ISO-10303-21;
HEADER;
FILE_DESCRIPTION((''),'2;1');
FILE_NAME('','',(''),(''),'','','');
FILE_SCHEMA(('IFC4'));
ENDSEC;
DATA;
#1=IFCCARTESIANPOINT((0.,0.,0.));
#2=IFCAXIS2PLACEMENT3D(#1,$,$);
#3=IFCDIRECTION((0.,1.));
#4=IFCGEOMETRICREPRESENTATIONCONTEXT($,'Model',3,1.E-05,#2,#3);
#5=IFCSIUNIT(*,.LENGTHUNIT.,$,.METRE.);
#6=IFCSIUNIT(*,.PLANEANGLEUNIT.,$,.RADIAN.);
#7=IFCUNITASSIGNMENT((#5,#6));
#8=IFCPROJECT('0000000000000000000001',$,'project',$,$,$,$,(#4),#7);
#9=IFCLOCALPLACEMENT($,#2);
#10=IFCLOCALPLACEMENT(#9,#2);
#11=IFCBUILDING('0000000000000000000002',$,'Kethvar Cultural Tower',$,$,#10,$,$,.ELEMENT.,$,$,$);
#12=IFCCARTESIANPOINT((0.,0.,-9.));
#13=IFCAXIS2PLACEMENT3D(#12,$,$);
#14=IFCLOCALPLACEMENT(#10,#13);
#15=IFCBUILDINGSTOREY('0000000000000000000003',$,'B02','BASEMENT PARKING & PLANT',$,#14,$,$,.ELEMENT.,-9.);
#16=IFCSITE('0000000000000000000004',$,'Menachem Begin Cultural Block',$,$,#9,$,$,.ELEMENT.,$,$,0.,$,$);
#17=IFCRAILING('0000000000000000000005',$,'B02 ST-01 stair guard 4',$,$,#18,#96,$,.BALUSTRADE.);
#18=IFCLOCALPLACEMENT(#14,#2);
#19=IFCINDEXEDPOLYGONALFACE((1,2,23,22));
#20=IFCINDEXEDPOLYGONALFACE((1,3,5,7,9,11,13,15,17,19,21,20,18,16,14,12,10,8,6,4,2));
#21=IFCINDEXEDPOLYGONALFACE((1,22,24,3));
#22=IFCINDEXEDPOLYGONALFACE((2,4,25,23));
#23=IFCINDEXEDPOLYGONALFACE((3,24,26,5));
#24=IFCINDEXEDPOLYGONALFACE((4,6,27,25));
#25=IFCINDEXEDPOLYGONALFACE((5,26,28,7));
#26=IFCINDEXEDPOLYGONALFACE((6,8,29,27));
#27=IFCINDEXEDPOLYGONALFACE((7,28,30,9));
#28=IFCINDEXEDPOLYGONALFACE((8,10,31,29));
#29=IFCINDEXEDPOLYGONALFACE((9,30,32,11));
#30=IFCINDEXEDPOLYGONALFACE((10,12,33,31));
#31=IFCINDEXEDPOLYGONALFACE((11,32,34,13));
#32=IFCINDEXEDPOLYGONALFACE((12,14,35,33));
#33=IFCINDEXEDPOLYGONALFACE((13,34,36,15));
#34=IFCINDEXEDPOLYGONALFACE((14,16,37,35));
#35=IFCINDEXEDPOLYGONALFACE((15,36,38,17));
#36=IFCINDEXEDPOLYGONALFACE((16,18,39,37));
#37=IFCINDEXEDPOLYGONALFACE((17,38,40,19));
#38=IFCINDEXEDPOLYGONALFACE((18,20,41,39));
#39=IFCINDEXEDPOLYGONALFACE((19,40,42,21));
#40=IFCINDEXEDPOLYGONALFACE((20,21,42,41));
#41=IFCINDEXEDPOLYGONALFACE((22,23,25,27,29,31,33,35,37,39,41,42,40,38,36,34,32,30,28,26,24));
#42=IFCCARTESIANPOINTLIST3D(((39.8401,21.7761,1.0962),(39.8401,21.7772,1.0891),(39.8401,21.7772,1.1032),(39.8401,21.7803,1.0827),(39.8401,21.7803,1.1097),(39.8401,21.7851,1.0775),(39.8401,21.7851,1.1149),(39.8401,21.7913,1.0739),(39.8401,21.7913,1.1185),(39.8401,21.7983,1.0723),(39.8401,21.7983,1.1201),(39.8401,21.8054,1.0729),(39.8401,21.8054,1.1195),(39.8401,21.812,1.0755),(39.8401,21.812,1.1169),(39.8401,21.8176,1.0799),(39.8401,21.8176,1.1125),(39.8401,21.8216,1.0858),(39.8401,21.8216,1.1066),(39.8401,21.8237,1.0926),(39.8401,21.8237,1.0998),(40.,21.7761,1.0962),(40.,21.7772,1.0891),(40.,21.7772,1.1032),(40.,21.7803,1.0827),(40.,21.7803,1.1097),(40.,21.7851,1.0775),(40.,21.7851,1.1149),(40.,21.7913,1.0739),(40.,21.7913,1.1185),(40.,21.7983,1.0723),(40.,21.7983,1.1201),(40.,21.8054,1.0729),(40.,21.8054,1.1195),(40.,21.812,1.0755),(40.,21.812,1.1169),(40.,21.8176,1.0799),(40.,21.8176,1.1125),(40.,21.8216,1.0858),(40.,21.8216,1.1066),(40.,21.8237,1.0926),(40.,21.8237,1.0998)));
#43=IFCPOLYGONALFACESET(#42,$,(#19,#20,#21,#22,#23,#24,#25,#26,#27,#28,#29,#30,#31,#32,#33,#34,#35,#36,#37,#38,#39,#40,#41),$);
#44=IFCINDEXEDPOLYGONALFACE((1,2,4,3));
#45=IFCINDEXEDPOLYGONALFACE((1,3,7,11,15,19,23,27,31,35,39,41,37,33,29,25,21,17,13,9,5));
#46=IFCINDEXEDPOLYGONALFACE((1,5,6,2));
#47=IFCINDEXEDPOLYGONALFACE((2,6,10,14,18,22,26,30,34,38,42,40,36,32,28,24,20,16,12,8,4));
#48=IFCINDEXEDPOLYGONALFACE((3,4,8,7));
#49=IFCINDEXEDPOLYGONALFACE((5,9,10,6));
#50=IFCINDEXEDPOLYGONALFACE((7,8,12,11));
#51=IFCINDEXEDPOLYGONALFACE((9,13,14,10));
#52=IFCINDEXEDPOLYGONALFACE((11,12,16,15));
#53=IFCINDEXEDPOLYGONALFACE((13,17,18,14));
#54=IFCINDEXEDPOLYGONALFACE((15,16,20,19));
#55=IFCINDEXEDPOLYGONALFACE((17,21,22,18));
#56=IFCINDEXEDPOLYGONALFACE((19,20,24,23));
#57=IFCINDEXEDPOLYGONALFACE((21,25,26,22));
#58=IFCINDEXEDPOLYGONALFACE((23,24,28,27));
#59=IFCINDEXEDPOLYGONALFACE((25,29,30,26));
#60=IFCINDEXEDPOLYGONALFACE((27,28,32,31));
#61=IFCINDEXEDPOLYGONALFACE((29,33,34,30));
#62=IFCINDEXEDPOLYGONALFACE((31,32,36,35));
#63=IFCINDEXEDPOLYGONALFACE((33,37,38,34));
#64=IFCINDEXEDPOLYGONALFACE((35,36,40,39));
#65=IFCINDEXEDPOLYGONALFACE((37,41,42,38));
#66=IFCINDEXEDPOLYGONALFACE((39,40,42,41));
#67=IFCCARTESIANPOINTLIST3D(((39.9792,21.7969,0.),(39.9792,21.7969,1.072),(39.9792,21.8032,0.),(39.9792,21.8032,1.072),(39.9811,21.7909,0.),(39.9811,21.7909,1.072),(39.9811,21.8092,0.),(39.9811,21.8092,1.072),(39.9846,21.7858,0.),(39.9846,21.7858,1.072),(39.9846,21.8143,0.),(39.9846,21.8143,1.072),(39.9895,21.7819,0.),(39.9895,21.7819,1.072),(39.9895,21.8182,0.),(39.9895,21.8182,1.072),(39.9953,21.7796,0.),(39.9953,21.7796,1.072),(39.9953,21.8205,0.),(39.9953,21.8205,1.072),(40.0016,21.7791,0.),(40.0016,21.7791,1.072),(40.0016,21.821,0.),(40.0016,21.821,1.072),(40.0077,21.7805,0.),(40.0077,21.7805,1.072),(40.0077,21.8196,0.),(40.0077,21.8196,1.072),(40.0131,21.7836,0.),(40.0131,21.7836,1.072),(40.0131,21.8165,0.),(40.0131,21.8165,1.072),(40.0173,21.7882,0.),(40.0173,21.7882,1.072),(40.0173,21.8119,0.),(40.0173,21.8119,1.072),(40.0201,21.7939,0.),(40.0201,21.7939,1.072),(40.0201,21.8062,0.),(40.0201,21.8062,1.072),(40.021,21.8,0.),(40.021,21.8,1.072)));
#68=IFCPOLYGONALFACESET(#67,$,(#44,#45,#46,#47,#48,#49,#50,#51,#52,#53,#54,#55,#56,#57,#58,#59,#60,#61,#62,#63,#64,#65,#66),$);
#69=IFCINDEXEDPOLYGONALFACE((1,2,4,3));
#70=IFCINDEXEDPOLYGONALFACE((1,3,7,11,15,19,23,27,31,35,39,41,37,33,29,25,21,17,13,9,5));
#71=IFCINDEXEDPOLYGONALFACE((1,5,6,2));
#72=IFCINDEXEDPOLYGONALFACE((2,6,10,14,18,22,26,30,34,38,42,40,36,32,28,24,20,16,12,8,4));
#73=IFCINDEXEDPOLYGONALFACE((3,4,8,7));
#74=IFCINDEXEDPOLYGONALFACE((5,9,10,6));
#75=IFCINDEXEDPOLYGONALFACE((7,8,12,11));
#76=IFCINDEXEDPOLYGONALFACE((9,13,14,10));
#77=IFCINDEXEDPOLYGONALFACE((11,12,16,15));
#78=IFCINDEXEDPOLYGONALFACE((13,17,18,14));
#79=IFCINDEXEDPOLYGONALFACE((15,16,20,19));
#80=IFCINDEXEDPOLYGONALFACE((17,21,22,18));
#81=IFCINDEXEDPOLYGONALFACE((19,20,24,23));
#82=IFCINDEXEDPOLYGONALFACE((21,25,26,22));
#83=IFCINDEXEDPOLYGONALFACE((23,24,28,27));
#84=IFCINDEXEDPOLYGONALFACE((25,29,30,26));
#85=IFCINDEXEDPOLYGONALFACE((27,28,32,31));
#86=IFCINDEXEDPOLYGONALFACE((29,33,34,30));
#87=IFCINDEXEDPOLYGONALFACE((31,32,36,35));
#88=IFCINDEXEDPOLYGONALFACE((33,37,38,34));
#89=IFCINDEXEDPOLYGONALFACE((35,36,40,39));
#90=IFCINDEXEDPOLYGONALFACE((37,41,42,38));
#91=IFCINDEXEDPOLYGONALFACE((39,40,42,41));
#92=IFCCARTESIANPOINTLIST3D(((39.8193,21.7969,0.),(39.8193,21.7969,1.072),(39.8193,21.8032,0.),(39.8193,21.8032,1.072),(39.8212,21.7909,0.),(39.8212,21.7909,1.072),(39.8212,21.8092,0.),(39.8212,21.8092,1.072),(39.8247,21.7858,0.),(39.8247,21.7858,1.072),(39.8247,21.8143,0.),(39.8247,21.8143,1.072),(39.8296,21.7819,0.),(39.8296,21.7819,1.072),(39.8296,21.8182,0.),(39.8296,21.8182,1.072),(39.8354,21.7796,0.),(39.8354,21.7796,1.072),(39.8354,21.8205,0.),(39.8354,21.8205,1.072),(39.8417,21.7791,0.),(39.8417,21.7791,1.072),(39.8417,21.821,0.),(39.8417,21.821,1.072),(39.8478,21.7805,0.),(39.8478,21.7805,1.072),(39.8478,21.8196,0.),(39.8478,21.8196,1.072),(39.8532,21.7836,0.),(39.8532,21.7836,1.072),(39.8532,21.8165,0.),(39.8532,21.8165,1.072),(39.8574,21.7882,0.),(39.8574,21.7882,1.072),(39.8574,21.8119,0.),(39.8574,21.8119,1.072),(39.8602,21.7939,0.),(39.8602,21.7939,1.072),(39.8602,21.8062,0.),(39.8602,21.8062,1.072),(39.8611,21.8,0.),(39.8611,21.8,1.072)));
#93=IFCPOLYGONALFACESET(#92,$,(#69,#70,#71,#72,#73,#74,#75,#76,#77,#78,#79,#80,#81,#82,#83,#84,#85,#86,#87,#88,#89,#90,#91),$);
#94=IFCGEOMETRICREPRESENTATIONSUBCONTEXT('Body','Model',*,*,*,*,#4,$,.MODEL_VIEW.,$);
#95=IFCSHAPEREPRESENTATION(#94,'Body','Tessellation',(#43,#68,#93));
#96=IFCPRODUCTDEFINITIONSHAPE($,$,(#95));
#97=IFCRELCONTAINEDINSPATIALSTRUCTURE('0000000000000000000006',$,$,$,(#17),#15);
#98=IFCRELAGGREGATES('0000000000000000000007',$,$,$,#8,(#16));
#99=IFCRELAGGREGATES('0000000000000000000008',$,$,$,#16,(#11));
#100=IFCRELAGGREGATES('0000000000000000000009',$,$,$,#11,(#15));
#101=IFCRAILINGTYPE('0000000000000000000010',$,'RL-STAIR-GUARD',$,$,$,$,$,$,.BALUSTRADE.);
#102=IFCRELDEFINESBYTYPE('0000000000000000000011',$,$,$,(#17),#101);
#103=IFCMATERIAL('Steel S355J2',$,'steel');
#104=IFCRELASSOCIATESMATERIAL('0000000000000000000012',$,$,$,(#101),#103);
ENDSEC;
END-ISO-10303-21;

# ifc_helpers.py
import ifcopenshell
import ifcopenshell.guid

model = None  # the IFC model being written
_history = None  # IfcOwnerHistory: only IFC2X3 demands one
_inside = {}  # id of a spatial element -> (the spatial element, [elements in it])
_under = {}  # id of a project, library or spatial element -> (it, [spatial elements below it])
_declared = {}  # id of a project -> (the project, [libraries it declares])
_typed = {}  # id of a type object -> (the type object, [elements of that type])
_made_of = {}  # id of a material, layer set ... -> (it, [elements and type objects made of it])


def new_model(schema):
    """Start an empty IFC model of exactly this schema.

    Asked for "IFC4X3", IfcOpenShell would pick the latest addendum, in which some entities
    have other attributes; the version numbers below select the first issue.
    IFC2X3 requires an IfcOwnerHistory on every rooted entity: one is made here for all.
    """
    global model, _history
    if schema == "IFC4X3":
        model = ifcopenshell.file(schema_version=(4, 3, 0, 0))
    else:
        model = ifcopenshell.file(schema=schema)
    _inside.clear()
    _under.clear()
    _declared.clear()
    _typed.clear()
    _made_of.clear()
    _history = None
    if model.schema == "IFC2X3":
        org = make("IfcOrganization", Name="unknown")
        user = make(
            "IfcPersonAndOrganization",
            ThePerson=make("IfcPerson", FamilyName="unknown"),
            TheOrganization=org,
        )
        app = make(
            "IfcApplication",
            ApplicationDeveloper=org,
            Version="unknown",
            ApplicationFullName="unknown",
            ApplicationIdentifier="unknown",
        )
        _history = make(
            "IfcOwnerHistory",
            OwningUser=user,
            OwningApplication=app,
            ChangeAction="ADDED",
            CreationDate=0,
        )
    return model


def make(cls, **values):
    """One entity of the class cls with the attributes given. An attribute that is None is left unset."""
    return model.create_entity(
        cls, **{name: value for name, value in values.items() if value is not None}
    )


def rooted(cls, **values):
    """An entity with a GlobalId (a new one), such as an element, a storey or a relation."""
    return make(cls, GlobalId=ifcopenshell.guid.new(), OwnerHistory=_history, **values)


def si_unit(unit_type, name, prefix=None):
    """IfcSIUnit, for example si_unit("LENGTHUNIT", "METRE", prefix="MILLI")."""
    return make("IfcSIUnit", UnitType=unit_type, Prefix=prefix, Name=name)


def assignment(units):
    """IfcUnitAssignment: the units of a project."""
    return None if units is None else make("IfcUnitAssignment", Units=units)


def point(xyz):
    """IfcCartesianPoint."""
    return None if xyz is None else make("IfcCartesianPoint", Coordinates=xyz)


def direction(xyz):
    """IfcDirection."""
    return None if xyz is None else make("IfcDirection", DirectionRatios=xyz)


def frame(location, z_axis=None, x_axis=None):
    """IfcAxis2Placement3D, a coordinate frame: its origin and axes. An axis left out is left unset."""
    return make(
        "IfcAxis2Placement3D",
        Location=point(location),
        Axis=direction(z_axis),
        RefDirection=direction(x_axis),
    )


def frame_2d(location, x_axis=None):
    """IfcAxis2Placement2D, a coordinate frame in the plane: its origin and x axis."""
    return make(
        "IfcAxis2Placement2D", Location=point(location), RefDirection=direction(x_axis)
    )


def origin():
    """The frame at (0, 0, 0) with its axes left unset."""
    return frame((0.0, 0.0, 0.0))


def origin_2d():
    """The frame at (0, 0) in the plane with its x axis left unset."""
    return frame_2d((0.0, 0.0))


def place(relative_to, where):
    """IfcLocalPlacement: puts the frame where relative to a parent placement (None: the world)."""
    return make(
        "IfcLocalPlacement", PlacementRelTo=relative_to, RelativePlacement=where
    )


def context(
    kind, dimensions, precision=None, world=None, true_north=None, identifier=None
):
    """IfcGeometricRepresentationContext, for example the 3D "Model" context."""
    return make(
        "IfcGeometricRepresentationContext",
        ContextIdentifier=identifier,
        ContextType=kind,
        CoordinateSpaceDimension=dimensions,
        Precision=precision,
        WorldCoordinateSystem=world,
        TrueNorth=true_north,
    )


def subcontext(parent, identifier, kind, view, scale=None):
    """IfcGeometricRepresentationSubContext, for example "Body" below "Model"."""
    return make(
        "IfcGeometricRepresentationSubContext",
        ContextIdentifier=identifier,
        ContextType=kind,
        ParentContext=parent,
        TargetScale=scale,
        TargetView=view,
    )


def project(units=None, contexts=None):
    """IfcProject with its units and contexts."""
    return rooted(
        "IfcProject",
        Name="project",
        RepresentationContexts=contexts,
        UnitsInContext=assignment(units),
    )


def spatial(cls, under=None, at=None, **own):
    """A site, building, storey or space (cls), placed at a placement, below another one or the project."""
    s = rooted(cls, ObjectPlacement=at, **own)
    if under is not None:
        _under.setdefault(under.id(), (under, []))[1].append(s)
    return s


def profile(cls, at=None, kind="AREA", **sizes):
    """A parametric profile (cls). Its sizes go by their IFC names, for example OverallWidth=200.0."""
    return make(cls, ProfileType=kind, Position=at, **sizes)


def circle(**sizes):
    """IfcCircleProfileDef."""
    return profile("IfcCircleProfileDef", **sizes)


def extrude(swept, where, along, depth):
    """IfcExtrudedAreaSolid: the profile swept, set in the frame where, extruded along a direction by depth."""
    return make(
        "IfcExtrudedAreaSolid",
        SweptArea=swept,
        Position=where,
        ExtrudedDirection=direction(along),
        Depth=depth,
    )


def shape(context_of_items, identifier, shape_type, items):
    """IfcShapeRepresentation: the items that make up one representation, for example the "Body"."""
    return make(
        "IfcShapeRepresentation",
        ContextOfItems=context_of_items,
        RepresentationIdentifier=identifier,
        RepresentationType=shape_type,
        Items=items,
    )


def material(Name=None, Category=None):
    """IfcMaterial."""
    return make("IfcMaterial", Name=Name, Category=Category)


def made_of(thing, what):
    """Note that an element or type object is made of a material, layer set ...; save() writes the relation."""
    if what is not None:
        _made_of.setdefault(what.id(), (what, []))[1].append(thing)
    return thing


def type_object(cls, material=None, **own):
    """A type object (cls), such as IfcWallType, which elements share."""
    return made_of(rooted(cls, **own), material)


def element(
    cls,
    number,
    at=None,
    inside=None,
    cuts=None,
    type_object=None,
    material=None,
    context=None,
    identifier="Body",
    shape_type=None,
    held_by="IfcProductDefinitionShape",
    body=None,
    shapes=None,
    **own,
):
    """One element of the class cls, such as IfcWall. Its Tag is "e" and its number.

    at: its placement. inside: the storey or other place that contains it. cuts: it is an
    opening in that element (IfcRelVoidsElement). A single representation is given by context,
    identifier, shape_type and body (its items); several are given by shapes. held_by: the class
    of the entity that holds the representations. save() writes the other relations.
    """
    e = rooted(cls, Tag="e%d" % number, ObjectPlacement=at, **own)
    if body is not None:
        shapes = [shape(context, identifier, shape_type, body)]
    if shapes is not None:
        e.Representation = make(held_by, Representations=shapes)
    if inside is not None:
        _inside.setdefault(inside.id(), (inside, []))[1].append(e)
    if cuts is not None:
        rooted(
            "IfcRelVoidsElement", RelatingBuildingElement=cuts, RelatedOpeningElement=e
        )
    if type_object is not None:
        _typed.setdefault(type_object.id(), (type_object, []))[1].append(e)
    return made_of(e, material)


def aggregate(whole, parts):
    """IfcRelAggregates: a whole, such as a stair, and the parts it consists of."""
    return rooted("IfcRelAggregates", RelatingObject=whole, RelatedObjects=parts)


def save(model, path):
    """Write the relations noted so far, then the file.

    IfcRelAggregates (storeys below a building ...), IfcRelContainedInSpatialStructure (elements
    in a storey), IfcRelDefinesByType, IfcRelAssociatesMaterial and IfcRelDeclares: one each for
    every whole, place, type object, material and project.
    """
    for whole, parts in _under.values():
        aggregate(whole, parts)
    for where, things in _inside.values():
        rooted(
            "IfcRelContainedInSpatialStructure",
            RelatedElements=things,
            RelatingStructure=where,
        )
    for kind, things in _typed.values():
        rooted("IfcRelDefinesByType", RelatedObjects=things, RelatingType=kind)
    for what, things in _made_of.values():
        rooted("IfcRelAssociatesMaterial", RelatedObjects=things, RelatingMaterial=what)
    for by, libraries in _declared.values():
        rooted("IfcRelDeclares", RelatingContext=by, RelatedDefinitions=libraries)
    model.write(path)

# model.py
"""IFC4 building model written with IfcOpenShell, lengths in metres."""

from ifc_helpers import new_model, si_unit, direction, frame, origin, origin_2d, place, context, subcontext, project, spatial, circle, extrude, material, type_object, element, save


model = new_model("IFC4")

# Units and contexts
model_context = context("Model", 3, precision=1e-05, world=origin(), true_north=direction((0.0, 1.0)))
body_context = subcontext(model_context, "Body", "Model", "MODEL_VIEW")
ifc_project = project(units=[si_unit("LENGTHUNIT", "METRE"), si_unit("PLANEANGLEUNIT", "RADIAN")], contexts=[model_context])

# Site, building, storey
site_placement = place(None, origin())
site = spatial("IfcSite", under=ifc_project, at=site_placement, Name="Menachem Begin Cultural Block", CompositionType="ELEMENT", RefElevation=0.0)
building_placement = place(site_placement, origin())
building = spatial("IfcBuilding", under=site, at=building_placement, Name="Kethvar Cultural Tower", CompositionType="ELEMENT")
storey_placement = place(building_placement, frame((0.0, 0.0, -9.0)))
storey = spatial("IfcBuildingStorey", under=building, at=storey_placement, Name="B02", Description="BASEMENT PARKING & PLANT", CompositionType="ELEMENT", Elevation=-9.0)

# Shared definitions
ifc_material_1 = material(Name="Steel S355J2", Category="steel")

# Railing
railing_type_1 = type_object("IfcRailingType", Name="RL-STAIR-GUARD", PredefinedType="BALUSTRADE", material=ifc_material_1)
railing_1_placement = place(storey_placement, frame((40.0, 21.8, 0.0)))
element("IfcRailing", 1, at=railing_1_placement, inside=storey, type_object=railing_type_1, Name="B02 ST-01 stair guard 4", PredefinedType="BALUSTRADE", context=body_context, shape_type="SweptSolid", body=[
    extrude(circle(Radius=0.0239, at=origin_2d()), frame((0.0, 0.0, 1.0962), z_axis=(-1.0, 0.0, 0.0), x_axis=(0.0, -1.0, 0.0)), (0.0, 0.0, 1.0), 0.1599),
    extrude(circle(Radius=0.021, at=origin_2d()), origin(), (0.0, 0.0, 1.0), 1.072),
    extrude(circle(Radius=0.021, at=origin_2d()), frame((-0.1599, 0.0, 0.0)), (0.0, 0.0, 1.0), 1.072),
])

save(model, "model.ifc")
